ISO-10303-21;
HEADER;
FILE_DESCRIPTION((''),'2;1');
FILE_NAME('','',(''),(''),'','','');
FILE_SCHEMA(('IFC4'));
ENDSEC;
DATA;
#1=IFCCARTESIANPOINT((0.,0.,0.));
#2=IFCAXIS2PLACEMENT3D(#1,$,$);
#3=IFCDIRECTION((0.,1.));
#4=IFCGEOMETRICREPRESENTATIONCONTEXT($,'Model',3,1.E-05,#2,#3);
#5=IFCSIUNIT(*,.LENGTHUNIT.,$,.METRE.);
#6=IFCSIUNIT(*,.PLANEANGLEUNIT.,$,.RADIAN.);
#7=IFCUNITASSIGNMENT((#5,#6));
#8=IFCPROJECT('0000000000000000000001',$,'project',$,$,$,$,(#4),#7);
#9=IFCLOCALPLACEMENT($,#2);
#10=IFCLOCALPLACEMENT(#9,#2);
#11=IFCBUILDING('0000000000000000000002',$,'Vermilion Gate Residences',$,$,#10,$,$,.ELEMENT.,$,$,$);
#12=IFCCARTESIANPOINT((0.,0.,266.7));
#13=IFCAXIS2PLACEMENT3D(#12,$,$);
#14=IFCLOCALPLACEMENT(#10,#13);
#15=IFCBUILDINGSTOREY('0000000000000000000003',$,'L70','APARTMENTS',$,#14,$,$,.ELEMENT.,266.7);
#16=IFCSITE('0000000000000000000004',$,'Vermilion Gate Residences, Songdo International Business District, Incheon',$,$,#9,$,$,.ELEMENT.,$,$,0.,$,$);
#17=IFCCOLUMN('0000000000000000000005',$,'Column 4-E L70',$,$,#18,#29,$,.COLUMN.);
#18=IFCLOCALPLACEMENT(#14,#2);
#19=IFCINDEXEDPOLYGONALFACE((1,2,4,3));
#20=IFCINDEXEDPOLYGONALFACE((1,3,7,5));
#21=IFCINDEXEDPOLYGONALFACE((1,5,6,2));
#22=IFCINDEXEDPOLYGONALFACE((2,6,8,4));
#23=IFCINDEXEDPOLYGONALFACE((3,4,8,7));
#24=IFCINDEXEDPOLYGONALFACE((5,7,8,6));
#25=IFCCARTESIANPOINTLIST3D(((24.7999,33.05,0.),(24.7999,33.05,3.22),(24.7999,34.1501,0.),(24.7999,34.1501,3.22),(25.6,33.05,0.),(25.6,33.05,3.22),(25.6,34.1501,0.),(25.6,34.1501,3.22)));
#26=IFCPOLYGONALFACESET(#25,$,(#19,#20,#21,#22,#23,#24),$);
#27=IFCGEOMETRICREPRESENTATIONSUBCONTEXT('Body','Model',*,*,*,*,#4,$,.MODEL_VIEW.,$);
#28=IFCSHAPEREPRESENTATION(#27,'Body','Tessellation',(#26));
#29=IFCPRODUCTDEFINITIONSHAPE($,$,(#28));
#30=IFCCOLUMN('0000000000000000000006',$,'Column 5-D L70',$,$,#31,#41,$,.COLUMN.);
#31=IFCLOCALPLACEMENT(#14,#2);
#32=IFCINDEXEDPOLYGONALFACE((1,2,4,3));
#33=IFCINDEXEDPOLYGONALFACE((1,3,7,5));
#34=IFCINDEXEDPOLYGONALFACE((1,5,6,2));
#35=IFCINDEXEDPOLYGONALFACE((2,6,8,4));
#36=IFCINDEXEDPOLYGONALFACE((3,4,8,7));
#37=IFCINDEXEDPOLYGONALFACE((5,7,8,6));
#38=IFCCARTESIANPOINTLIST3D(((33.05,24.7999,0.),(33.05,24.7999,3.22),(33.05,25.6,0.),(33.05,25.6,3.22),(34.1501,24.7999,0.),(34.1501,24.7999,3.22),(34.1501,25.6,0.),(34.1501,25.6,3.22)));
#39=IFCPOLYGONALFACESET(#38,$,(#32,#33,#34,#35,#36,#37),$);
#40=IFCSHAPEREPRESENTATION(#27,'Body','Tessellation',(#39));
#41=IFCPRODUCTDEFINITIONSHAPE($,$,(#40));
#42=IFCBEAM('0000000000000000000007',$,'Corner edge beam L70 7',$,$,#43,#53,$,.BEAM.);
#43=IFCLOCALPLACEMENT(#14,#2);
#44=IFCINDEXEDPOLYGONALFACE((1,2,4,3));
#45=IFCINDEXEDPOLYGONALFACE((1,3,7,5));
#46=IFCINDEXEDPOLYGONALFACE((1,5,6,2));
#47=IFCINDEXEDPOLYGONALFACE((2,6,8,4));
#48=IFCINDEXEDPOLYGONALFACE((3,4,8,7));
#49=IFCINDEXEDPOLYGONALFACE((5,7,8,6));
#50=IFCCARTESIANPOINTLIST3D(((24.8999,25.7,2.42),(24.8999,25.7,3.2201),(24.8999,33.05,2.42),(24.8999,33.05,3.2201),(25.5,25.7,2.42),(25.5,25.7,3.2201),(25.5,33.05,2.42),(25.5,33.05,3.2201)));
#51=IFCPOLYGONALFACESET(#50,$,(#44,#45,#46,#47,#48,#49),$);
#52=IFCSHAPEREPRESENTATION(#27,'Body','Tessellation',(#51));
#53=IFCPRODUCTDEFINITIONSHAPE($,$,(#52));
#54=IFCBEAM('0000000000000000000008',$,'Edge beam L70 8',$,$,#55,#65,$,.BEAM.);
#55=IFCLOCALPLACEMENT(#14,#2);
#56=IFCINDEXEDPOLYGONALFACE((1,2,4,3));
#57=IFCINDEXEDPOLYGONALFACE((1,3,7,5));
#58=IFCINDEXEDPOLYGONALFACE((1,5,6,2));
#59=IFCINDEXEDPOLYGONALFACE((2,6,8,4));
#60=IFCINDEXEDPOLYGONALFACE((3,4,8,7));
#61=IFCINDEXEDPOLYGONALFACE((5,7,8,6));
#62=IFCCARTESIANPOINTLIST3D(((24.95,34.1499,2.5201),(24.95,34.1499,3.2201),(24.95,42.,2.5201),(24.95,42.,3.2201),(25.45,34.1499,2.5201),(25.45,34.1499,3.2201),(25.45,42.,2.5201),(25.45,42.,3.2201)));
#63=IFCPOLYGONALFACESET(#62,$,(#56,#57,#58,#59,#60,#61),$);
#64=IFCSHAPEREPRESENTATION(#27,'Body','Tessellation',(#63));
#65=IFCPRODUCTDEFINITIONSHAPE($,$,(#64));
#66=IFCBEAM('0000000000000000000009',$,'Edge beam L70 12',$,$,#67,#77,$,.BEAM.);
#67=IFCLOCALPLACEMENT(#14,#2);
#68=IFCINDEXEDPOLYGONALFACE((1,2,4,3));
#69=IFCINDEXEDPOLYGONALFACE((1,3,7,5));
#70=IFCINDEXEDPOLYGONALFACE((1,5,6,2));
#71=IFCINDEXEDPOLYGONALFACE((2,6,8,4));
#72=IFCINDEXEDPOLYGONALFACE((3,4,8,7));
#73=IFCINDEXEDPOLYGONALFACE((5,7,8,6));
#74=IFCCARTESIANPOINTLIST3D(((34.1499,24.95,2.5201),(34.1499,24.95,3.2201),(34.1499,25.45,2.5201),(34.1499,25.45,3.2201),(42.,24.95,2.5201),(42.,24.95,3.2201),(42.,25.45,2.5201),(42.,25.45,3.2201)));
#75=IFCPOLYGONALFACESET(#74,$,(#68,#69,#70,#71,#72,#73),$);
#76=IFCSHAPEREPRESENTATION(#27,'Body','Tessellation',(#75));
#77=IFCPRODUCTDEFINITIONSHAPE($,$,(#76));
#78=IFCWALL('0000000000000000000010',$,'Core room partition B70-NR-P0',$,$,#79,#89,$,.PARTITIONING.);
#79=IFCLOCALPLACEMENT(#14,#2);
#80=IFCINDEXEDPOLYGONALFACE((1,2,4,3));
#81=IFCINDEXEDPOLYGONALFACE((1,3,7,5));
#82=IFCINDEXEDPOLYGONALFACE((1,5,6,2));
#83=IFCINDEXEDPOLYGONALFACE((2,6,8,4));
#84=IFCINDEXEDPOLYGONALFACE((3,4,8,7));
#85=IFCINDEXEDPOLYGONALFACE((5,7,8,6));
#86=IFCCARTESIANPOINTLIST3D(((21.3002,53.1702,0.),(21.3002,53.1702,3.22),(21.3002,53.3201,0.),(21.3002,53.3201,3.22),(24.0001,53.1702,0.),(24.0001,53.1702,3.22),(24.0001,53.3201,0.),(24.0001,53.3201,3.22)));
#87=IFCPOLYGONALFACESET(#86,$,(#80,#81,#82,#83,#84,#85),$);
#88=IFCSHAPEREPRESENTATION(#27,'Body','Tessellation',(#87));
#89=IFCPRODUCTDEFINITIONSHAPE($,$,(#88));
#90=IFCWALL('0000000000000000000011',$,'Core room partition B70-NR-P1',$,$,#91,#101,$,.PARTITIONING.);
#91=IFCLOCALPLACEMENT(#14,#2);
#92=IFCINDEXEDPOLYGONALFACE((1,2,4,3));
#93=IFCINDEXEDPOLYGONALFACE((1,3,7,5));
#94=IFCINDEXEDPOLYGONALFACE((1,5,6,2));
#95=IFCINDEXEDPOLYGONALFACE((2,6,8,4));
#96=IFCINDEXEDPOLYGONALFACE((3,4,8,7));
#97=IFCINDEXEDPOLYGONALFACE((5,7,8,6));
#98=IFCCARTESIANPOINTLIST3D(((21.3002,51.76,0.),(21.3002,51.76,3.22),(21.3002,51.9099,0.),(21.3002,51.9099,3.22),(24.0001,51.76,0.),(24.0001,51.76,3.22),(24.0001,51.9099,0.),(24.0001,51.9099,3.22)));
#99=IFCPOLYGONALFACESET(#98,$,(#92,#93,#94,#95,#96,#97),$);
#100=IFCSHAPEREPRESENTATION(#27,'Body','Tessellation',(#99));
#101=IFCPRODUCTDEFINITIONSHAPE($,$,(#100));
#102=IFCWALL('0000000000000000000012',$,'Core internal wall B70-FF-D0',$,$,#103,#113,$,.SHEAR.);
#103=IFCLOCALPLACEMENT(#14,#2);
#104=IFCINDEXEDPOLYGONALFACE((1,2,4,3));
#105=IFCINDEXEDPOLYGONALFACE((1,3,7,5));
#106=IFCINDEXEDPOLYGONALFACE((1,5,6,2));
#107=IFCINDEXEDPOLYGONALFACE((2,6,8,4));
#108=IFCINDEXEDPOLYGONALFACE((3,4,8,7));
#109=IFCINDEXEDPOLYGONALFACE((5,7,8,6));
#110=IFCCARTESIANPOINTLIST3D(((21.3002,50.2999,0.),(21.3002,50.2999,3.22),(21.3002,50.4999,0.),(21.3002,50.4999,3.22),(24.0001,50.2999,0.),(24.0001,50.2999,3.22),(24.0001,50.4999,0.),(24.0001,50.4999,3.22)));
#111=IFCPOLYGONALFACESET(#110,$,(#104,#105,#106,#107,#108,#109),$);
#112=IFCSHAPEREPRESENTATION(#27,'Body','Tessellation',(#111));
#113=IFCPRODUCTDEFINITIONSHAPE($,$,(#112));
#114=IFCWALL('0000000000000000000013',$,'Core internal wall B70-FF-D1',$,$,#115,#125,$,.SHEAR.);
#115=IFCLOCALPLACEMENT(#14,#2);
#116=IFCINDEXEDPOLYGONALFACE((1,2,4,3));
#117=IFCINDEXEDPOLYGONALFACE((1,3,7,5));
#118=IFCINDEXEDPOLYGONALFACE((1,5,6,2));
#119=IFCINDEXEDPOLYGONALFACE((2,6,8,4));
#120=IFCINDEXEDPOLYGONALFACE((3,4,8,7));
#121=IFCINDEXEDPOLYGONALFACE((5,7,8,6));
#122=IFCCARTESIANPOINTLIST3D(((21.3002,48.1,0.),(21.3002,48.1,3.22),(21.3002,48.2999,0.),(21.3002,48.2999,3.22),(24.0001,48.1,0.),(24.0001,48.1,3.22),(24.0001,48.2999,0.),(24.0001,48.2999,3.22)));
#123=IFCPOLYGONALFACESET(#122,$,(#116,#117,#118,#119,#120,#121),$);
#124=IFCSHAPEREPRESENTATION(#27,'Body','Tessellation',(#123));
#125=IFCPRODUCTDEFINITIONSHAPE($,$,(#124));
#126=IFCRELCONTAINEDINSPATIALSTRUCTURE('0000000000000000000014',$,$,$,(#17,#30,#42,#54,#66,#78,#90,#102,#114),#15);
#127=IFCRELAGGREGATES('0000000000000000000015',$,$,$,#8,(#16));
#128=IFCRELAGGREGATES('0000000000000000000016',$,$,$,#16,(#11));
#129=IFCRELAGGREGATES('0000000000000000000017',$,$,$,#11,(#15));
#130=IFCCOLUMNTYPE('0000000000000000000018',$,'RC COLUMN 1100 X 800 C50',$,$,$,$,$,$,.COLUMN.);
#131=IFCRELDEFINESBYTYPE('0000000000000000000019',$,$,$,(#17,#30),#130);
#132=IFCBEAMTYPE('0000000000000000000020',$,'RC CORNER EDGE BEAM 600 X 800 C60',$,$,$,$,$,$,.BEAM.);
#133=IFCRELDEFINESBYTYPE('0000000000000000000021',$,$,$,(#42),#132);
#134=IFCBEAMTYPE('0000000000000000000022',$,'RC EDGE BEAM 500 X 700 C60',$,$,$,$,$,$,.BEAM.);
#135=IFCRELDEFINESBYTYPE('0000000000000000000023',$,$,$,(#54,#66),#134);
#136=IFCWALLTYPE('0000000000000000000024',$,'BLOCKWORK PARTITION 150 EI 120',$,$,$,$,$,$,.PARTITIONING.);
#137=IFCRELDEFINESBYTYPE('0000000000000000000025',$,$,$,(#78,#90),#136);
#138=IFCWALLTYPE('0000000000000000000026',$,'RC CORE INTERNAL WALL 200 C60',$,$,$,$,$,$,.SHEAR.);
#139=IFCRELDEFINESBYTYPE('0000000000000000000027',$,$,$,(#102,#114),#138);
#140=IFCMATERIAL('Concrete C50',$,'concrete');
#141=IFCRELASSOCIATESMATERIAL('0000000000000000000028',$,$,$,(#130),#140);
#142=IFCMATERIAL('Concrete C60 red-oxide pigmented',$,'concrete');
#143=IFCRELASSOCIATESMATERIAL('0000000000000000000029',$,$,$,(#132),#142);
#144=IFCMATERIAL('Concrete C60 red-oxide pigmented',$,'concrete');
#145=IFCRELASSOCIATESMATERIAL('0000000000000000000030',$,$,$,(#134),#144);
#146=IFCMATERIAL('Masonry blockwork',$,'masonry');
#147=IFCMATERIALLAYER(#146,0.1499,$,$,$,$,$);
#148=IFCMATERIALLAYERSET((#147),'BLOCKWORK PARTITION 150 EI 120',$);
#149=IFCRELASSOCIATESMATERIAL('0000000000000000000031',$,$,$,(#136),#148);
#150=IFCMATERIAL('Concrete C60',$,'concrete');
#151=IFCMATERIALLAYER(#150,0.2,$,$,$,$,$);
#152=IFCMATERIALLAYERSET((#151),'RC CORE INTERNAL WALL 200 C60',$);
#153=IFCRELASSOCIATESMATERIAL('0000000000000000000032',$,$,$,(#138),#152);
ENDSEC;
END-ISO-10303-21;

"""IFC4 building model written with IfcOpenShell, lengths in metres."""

from ifc_helpers import new_model, si_unit, direction, frame, frame_2d, origin, origin_2d, place, context, subcontext, project, spatial, rectangle, extrude, material, layer, layer_set, material_profile, profile_set, type_object, element, save


model = new_model("IFC4")

# Units and contexts
model_context = context("Model", 3, precision=1e-05, world=origin(), true_north=direction((0.0, 1.0)))
body_context = subcontext(model_context, "Body", "Model", "MODEL_VIEW")
ifc_project = project(units=[si_unit("LENGTHUNIT", "METRE"), si_unit("PLANEANGLEUNIT", "RADIAN")], contexts=[model_context])

# Site, building, storey
site_placement = place(None, origin())
site = spatial("IfcSite", under=ifc_project, at=site_placement, Name="Vermilion Gate Residences, Songdo International Business District, Incheon", CompositionType="ELEMENT", RefElevation=0.0)
building_placement = place(site_placement, origin())
building = spatial("IfcBuilding", under=site, at=building_placement, Name="Vermilion Gate Residences", CompositionType="ELEMENT")
storey_placement = place(building_placement, frame((0.0, 0.0, 266.7)))
storey = spatial("IfcBuildingStorey", under=building, at=storey_placement, Name="L70", Description="APARTMENTS", CompositionType="ELEMENT", Elevation=266.7)

# Columns
ifc_material_1 = material(Name="Concrete C50", Category="concrete")
ifc_material_profile_1 = material_profile(ifc_material_1, rectangle(XDim=1.1001, YDim=0.8, at=origin_2d()), Name="RC-1100x800")
ifc_profile_set_1 = profile_set([ifc_material_profile_1], Name="Concrete C50")
column_type = type_object("IfcColumnType", Name="RC COLUMN 1100 X 800 C50", PredefinedType="COLUMN", material=ifc_profile_set_1)
for number, where, z_axis, x_axis, name in (
    (1, (25.2, 33.6001, 0.0), (0.0, 0.0, 1.0), (0.0, 1.0, 0.0), "Column 4-E L70"),
    (2, (33.6001, 25.2, 0.0), (0.0, 0.0, 1.0), (1.0, 0.0, 0.0), "Column 5-D L70"),
):
    element("IfcColumn", number, at=place(storey_placement, frame(where, z_axis=z_axis, x_axis=x_axis)), inside=storey, type_object=column_type, Name=name, PredefinedType="COLUMN", context=body_context, shape_type="SweptSolid", body=[
        extrude(rectangle(XDim=1.1001, YDim=0.8, at=origin_2d()), origin(), (0.0, 0.0, 1.0), 3.22),
    ])

# Beams
ifc_material_2 = material(Name="Concrete C60 red-oxide pigmented", Category="concrete")
ifc_material_profile_2 = material_profile(ifc_material_2, rectangle(XDim=0.6001, YDim=0.8, at=origin_2d()), Name="RC-600x800")
ifc_profile_set_2 = profile_set([ifc_material_profile_2], Name="Concrete C60 red-oxide pigmented")
beam_type_1 = type_object("IfcBeamType", Name="RC CORNER EDGE BEAM 600 X 800 C60", PredefinedType="BEAM", material=ifc_profile_set_2)
beam_placement = place(storey_placement, frame((25.2, 25.7, 2.8201), z_axis=(0.0, 1.0, 0.0), x_axis=(-1.0, 0.0, 0.0)))
element("IfcBeam", 3, at=beam_placement, inside=storey, type_object=beam_type_1, Name="Corner edge beam L70 7", PredefinedType="BEAM", context=body_context, shape_type="SweptSolid", body=[
    extrude(rectangle(XDim=0.6001, YDim=0.8, at=origin_2d()), origin(), (0.0, 0.0, 1.0), 7.3501),
])
ifc_material_3 = material(Name="Concrete C60 red-oxide pigmented", Category="concrete")
ifc_material_profile_3 = material_profile(ifc_material_3, rectangle(XDim=0.5, YDim=0.7, at=origin_2d()), Name="RC-500x700")
ifc_profile_set_3 = profile_set([ifc_material_profile_3], Name="Concrete C60 red-oxide pigmented")
beam_type_2 = type_object("IfcBeamType", Name="RC EDGE BEAM 500 X 700 C60", PredefinedType="BEAM", material=ifc_profile_set_3)
for number, where, z_axis, x_axis, name in (
    (4, (25.2, 34.1499, 2.8701), (0.0, 1.0, 0.0), (-1.0, 0.0, 0.0), "Edge beam L70 8"),
    (5, (34.1499, 25.2, 2.8701), (1.0, 0.0, 0.0), (0.0, 1.0, 0.0), "Edge beam L70 12"),
):
    element("IfcBeam", number, at=place(storey_placement, frame(where, z_axis=z_axis, x_axis=x_axis)), inside=storey, type_object=beam_type_2, Name=name, PredefinedType="BEAM", context=body_context, shape_type="SweptSolid", body=[
        extrude(rectangle(XDim=0.5, YDim=0.7, at=origin_2d()), origin(), (0.0, 0.0, 1.0), 7.8501),
    ])

# Walls
ifc_material_4 = material(Name="Masonry blockwork", Category="masonry")
ifc_layer_1 = layer(ifc_material_4, 0.1499)
ifc_layer_set_1 = layer_set([ifc_layer_1], Name="BLOCKWORK PARTITION 150 EI 120")
wall_type_1 = type_object("IfcWallType", Name="BLOCKWORK PARTITION 150 EI 120", PredefinedType="PARTITIONING", material=ifc_layer_set_1)
for number, where, z_axis, x_axis, name in (
    (6, (21.3, 53.2451, 0.0), (0.0, 0.0, 1.0), (1.0, 0.0, 0.0), "Core room partition B70-NR-P0"),
    (7, (21.3, 51.835, 0.0), (0.0, 0.0, 1.0), (1.0, 0.0, 0.0), "Core room partition B70-NR-P1"),
):
    element("IfcWall", number, at=place(storey_placement, frame(where, z_axis=z_axis, x_axis=x_axis)), inside=storey, type_object=wall_type_1, Name=name, PredefinedType="PARTITIONING", context=body_context, shape_type="SweptSolid", body=[
        extrude(rectangle(XDim=2.7, YDim=0.1499, at=frame_2d((1.3501, 0.0))), origin(), (0.0, 0.0, 1.0), 3.22),
    ])
ifc_material_5 = material(Name="Concrete C60", Category="concrete")
ifc_layer_2 = layer(ifc_material_5, 0.2)
ifc_layer_set_2 = layer_set([ifc_layer_2], Name="RC CORE INTERNAL WALL 200 C60")
wall_type_2 = type_object("IfcWallType", Name="RC CORE INTERNAL WALL 200 C60", PredefinedType="SHEAR", material=ifc_layer_set_2)
for number, where, z_axis, x_axis, name in (
    (8, (21.3, 50.3999, 0.0), (0.0, 0.0, 1.0), (1.0, 0.0, 0.0), "Core internal wall B70-FF-D0"),
    (9, (21.3, 48.2, 0.0), (0.0, 0.0, 1.0), (1.0, 0.0, 0.0), "Core internal wall B70-FF-D1"),
):
    element("IfcWall", number, at=place(storey_placement, frame(where, z_axis=z_axis, x_axis=x_axis)), inside=storey, type_object=wall_type_2, Name=name, PredefinedType="SHEAR", context=body_context, shape_type="SweptSolid", body=[
        extrude(rectangle(XDim=2.7, YDim=0.2, at=frame_2d((1.3501, 0.0))), origin(), (0.0, 0.0, 1.0), 3.22),
    ])

save(model, "model.ifc")
